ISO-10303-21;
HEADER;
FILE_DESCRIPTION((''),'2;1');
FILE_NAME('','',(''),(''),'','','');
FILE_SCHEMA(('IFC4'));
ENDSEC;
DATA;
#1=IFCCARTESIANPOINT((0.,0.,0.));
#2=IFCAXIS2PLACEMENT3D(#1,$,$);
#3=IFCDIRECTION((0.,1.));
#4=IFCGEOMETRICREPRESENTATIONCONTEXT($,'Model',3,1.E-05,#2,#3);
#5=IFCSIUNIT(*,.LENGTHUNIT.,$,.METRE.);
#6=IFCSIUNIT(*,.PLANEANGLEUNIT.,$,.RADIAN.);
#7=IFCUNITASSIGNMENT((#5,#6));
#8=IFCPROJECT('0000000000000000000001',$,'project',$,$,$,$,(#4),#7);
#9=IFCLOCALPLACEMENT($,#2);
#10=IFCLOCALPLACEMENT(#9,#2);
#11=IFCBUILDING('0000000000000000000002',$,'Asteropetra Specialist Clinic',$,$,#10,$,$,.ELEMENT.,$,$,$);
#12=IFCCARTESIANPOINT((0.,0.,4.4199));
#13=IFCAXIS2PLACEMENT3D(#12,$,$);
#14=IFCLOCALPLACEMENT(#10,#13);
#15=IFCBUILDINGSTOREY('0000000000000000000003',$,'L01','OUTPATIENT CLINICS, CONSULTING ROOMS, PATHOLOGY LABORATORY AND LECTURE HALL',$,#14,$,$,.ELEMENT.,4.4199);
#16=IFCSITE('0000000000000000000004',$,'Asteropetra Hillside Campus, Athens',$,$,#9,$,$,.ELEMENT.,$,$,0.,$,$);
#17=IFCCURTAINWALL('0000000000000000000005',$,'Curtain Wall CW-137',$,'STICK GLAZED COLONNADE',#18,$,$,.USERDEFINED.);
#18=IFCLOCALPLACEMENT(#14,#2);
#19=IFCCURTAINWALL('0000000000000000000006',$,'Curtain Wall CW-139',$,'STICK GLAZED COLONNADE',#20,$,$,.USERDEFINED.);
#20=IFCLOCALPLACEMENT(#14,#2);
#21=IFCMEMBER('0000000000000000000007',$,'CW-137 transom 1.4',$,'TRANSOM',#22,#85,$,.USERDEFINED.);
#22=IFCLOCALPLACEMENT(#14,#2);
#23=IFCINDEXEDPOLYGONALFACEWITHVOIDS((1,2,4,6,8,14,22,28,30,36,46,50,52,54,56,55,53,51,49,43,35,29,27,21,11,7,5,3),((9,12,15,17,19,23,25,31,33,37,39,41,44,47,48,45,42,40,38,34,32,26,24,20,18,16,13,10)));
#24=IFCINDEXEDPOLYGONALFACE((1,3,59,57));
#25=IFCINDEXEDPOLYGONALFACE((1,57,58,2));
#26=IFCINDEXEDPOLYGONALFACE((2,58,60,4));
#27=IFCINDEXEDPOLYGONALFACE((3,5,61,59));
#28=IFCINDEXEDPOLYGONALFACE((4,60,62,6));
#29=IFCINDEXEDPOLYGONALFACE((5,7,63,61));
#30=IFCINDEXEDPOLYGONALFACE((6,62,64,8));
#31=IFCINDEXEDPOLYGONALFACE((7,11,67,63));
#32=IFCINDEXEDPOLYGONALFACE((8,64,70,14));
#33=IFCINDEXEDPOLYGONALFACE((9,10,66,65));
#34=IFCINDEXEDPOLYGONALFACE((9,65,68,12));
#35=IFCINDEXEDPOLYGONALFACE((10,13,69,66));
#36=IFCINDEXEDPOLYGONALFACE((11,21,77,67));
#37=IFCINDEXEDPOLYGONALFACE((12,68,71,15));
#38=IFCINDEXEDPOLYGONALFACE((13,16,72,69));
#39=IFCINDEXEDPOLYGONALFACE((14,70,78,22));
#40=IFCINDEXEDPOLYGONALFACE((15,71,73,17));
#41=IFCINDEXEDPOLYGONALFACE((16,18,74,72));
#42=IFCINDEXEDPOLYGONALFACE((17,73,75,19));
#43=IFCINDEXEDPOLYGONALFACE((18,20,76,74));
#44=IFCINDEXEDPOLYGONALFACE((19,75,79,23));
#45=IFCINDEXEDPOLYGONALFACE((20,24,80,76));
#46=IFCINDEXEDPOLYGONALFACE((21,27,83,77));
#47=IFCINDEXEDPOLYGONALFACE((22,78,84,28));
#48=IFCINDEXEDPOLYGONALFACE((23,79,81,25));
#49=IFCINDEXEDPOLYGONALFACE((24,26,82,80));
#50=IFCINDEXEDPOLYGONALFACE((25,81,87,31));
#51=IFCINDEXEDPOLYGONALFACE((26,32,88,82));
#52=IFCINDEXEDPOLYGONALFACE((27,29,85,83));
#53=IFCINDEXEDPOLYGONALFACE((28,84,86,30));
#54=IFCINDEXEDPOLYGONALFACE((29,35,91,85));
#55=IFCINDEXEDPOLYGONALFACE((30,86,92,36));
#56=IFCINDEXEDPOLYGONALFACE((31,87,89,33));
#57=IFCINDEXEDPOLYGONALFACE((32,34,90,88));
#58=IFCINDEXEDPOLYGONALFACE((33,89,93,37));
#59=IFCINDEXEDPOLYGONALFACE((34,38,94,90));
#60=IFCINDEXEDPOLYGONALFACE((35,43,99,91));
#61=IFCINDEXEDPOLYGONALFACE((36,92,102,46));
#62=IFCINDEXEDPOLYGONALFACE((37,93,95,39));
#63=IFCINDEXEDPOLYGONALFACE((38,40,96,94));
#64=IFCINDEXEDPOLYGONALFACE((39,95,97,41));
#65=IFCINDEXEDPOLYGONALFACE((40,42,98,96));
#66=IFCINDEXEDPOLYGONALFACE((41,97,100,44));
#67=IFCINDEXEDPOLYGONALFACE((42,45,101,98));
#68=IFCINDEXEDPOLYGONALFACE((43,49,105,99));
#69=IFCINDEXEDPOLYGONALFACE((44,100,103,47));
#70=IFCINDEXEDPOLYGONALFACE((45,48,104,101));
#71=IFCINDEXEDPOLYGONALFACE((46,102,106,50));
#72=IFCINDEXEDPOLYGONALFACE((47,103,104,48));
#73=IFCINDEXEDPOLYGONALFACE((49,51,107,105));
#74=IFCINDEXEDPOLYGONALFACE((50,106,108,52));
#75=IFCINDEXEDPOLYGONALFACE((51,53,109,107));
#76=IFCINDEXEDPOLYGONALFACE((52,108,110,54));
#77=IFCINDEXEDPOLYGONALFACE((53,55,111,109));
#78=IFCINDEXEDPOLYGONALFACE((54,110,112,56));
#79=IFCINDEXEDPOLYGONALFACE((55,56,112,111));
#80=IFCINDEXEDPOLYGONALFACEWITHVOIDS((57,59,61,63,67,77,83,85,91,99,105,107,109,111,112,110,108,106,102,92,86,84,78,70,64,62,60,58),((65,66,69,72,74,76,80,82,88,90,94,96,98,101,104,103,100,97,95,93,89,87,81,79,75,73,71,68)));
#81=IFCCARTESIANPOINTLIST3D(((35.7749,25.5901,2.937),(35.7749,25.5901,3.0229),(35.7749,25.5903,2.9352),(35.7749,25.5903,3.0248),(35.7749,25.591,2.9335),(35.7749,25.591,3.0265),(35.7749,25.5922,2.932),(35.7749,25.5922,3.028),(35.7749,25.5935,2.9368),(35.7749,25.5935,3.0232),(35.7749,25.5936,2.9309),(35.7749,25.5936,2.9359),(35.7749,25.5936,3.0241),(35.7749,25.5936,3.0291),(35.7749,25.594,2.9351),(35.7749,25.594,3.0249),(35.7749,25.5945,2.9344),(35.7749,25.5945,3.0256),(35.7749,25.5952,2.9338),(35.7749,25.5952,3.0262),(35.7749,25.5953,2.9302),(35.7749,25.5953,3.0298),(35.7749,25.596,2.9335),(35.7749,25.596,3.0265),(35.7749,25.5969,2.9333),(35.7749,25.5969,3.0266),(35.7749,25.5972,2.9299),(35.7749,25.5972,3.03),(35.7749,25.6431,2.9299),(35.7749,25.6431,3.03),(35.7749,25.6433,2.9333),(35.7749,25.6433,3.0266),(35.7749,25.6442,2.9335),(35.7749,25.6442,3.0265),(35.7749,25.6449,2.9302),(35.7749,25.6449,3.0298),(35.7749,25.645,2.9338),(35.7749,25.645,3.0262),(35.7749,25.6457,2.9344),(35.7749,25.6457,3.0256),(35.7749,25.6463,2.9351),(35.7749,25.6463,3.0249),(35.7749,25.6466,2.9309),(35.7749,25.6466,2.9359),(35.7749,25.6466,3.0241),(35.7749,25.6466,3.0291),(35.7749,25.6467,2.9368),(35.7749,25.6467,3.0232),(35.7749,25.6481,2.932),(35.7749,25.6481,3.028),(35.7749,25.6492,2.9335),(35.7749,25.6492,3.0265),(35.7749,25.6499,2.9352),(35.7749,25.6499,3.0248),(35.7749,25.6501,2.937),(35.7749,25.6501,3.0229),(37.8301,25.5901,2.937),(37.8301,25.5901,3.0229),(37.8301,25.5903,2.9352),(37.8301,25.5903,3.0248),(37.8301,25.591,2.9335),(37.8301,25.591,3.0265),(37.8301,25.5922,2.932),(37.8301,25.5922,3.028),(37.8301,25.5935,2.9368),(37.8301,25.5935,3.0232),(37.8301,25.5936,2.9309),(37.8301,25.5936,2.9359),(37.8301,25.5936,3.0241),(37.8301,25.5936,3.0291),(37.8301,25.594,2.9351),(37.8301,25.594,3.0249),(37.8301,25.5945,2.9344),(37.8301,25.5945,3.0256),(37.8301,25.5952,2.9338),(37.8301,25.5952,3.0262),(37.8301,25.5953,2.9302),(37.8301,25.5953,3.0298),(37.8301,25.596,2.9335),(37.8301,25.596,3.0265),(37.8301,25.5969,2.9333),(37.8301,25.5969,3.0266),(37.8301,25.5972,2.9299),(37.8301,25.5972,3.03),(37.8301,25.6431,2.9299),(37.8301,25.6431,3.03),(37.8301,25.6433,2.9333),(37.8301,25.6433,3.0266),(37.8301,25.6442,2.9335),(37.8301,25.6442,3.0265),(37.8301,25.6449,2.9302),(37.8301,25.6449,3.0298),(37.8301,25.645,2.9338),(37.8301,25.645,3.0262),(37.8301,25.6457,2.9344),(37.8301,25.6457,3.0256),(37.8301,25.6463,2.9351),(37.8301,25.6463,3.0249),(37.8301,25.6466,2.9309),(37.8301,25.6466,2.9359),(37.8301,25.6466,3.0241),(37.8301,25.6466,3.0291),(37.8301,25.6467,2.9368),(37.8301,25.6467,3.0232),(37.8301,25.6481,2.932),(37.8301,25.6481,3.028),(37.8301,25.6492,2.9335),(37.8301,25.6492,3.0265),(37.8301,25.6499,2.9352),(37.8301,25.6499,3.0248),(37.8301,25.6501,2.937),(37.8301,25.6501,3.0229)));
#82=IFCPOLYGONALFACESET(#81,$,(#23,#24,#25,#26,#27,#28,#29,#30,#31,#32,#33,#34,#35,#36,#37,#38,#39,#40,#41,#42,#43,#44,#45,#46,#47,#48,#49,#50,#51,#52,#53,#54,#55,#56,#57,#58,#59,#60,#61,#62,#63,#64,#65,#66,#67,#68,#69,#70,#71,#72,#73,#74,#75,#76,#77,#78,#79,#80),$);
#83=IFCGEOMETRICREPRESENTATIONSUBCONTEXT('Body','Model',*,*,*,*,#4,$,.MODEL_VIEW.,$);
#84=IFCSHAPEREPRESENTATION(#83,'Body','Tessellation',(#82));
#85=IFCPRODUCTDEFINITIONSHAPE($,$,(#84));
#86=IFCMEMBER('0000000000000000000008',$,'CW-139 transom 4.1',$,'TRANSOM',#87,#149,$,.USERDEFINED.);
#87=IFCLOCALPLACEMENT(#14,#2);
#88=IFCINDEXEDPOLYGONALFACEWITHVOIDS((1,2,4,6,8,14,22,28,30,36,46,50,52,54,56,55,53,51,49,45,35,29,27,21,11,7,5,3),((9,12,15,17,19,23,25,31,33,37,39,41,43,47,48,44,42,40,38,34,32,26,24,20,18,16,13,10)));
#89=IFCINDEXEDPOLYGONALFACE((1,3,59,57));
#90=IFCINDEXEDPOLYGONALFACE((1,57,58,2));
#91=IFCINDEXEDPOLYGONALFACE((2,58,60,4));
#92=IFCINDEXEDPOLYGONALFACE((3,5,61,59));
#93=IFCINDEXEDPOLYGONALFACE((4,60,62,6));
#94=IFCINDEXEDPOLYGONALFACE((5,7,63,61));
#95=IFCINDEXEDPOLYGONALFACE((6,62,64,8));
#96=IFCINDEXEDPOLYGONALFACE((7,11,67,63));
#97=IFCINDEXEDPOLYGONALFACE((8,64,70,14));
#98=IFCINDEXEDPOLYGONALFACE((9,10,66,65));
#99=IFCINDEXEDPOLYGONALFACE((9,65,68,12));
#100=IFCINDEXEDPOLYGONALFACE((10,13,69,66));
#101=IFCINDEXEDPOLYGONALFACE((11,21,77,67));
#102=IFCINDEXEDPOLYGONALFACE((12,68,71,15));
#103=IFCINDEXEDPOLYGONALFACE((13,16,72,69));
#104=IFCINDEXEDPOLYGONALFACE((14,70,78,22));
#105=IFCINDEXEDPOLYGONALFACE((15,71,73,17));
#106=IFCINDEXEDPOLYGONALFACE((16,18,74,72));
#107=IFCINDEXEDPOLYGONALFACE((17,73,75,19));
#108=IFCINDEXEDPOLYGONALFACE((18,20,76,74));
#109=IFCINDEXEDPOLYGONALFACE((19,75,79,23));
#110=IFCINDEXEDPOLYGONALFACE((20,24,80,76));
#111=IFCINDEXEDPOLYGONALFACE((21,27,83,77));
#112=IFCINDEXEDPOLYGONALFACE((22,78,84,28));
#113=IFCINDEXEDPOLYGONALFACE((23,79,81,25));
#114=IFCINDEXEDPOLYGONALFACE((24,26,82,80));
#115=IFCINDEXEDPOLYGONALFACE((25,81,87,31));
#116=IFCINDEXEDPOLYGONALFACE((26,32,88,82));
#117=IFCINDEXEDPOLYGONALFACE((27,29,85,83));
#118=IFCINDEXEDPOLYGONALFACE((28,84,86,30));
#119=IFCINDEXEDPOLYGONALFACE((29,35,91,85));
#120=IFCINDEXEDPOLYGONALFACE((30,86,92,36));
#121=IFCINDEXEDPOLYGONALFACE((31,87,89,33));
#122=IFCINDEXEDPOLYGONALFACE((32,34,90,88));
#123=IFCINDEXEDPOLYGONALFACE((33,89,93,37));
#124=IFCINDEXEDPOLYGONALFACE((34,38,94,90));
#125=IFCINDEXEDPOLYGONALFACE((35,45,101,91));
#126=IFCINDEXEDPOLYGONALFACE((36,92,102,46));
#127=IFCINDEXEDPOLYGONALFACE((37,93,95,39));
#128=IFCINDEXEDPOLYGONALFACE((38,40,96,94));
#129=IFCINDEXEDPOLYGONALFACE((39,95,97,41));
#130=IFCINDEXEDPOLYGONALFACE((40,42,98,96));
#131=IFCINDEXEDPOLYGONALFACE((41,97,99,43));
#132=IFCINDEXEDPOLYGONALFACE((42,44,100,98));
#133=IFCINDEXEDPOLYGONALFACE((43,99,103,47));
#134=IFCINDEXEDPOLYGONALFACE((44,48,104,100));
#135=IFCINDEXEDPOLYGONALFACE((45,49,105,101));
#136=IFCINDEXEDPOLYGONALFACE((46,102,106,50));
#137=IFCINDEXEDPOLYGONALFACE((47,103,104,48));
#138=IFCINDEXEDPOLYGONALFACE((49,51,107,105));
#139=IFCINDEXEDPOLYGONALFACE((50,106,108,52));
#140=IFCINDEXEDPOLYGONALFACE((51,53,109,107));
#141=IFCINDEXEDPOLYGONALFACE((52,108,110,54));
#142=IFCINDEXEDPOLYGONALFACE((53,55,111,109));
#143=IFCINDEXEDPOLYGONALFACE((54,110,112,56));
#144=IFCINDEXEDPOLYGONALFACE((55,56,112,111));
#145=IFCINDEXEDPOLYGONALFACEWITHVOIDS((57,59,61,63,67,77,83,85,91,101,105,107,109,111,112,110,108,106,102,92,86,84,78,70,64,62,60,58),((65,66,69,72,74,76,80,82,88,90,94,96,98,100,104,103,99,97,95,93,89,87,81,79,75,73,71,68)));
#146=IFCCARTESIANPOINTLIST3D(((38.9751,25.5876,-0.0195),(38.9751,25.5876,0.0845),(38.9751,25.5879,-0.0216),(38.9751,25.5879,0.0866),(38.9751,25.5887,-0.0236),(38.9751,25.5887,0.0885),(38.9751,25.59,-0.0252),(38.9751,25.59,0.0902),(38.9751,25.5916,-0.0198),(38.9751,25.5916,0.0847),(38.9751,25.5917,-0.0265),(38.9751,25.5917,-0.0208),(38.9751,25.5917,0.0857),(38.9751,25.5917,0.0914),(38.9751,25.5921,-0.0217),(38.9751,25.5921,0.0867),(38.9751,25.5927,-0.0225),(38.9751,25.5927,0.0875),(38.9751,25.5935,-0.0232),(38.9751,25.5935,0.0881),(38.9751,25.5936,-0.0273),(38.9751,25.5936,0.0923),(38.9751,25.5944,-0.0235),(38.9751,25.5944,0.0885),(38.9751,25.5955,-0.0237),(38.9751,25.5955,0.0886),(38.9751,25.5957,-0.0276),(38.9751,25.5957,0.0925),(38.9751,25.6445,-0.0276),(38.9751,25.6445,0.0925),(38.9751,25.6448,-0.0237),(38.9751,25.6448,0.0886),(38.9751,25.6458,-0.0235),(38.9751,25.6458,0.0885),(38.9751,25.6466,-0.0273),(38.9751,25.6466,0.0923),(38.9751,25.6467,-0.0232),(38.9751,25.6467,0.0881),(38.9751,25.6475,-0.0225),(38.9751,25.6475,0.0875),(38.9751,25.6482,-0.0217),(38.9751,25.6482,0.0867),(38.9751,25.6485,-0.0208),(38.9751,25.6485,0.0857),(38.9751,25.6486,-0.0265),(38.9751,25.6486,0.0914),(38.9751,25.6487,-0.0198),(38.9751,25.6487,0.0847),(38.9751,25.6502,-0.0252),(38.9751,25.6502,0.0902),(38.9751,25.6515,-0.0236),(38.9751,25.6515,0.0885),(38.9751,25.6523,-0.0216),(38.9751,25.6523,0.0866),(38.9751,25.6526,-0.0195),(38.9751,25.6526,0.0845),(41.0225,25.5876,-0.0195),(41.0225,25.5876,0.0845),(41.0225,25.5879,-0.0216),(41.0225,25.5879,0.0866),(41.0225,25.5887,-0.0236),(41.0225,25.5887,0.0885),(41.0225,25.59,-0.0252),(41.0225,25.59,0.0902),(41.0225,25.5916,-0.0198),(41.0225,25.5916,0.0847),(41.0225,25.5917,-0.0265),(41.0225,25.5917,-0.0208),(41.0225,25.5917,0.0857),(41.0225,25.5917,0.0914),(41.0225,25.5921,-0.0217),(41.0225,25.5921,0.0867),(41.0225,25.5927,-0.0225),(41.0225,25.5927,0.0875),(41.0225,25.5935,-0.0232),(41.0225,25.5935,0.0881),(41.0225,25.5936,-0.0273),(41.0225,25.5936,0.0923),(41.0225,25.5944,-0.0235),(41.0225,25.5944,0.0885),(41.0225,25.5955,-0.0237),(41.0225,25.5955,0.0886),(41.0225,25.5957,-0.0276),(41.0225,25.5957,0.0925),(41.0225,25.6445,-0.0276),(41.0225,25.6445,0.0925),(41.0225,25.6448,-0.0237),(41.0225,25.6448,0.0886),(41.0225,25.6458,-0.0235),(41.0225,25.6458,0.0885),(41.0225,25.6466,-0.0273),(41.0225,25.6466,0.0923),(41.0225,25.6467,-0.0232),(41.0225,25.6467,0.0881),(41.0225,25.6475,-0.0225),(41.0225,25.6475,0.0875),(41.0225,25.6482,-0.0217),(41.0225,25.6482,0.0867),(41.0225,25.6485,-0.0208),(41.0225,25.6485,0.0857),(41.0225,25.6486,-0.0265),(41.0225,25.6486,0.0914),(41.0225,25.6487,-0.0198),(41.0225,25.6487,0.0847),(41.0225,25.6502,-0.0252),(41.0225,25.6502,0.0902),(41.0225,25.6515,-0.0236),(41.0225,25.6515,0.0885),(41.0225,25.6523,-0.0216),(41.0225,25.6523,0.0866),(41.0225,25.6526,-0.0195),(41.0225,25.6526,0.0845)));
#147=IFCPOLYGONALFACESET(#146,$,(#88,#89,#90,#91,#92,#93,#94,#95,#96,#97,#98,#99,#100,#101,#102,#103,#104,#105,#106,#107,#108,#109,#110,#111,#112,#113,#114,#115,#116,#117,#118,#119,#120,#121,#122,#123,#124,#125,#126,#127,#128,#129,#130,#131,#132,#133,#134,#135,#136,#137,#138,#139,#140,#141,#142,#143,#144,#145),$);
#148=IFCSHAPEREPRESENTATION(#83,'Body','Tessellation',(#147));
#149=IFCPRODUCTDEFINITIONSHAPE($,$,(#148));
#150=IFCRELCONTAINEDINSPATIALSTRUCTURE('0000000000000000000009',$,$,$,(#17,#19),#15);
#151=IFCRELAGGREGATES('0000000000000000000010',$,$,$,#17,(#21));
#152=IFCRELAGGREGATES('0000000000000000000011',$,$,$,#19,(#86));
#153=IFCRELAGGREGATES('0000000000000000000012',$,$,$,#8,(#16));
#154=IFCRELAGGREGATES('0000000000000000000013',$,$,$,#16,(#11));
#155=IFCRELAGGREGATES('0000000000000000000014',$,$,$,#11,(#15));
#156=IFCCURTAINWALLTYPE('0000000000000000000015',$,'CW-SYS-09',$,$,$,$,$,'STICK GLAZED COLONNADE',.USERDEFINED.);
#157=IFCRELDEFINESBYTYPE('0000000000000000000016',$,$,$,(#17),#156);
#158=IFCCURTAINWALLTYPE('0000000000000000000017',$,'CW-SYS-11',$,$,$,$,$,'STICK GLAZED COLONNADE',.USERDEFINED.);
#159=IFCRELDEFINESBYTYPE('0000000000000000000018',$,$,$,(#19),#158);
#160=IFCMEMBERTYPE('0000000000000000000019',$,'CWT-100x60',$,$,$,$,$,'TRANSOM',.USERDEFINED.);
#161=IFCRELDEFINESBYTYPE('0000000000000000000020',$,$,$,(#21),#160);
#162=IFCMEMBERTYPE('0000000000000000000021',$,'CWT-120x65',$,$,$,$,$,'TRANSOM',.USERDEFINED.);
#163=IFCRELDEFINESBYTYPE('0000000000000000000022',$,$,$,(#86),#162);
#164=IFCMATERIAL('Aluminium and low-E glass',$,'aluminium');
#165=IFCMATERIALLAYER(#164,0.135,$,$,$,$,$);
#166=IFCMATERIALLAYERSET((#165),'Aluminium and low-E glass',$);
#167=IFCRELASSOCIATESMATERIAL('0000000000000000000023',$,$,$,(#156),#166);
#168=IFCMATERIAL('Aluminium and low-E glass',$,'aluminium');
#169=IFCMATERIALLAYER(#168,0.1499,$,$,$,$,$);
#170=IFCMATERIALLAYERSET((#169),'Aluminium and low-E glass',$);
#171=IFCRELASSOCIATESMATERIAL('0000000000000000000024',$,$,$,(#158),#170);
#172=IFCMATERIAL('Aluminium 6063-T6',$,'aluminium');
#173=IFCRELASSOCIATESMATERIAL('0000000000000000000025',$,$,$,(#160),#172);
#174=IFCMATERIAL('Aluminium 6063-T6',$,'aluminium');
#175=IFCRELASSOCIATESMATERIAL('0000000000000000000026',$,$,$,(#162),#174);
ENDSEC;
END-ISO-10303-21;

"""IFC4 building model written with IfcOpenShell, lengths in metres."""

from ifc_helpers import new_model, si_unit, direction, frame, origin, origin_2d, place, context, subcontext, project, spatial, hollow_rectangle, extrude, material, layer, layer_set, material_profile, profile_set, type_object, element, aggregate, save


model = new_model("IFC4")

# Units and contexts
model_context = context("Model", 3, precision=1e-05, world=origin(), true_north=direction((0.0, 1.0)))
body_context = subcontext(model_context, "Body", "Model", "MODEL_VIEW")
ifc_project = project(units=[si_unit("LENGTHUNIT", "METRE"), si_unit("PLANEANGLEUNIT", "RADIAN")], contexts=[model_context])

# Site, building, storey
site_placement = place(None, origin())
site = spatial("IfcSite", under=ifc_project, at=site_placement, Name="Asteropetra Hillside Campus, Athens", CompositionType="ELEMENT", RefElevation=0.0)
building_placement = place(site_placement, origin())
building = spatial("IfcBuilding", under=site, at=building_placement, Name="Asteropetra Specialist Clinic", CompositionType="ELEMENT")
storey_placement = place(building_placement, frame((0.0, 0.0, 4.4199)))
storey = spatial("IfcBuildingStorey", under=building, at=storey_placement, Name="L01", Description="OUTPATIENT CLINICS, CONSULTING ROOMS, PATHOLOGY LABORATORY AND LECTURE HALL", CompositionType="ELEMENT", Elevation=4.4199)

# Curtain walls
ifc_material_1 = material(Name="Aluminium and low-E glass", Category="aluminium")
ifc_layer_1 = layer(ifc_material_1, 0.135)
ifc_layer_set_1 = layer_set([ifc_layer_1], Name="Aluminium and low-E glass")
curtain_wall_type_1 = type_object("IfcCurtainWallType", Name="CW-SYS-09", ElementType="STICK GLAZED COLONNADE", PredefinedType="USERDEFINED", material=ifc_layer_set_1)
curtain_wall_1_placement = place(storey_placement, origin())
curtain_wall_1 = element("IfcCurtainWall", 1, at=curtain_wall_1_placement, inside=storey, type_object=curtain_wall_type_1, Name="Curtain Wall CW-137", ObjectType="STICK GLAZED COLONNADE", PredefinedType="USERDEFINED")
ifc_material_2 = material(Name="Aluminium and low-E glass", Category="aluminium")
ifc_layer_2 = layer(ifc_material_2, 0.1499)
ifc_layer_set_2 = layer_set([ifc_layer_2], Name="Aluminium and low-E glass")
curtain_wall_type_2 = type_object("IfcCurtainWallType", Name="CW-SYS-11", ElementType="STICK GLAZED COLONNADE", PredefinedType="USERDEFINED", material=ifc_layer_set_2)
curtain_wall_2_placement = place(storey_placement, origin())
curtain_wall_2 = element("IfcCurtainWall", 2, at=curtain_wall_2_placement, inside=storey, type_object=curtain_wall_type_2, Name="Curtain Wall CW-139", ObjectType="STICK GLAZED COLONNADE", PredefinedType="USERDEFINED")

# Members
ifc_material_3 = material(Name="Aluminium 6063-T6", Category="aluminium")
ifc_material_profile_1 = material_profile(ifc_material_3, hollow_rectangle(XDim=0.0601, YDim=0.1001, WallThickness=0.0034, InnerFilletRadius=0.0034, OuterFilletRadius=0.0071, at=origin_2d()), Name="TRN 100x60x3.5")
ifc_profile_set_1 = profile_set([ifc_material_profile_1], Name="Aluminium 6063-T6")
member_type_1 = type_object("IfcMemberType", Name="CWT-100x60", ElementType="TRANSOM", PredefinedType="USERDEFINED", material=ifc_profile_set_1)
member_1_placement = place(storey_placement, frame((37.8301, 25.6201, 2.98), z_axis=(-1.0, 0.0, 0.0), x_axis=(0.0, -1.0, 0.0)))
member_1 = element("IfcMember", 3, at=member_1_placement, type_object=member_type_1, Name="CW-137 transom 1.4", ObjectType="TRANSOM", PredefinedType="USERDEFINED", context=body_context, shape_type="SweptSolid", body=[
    extrude(hollow_rectangle(XDim=0.0601, YDim=0.1001, WallThickness=0.0034, InnerFilletRadius=0.0034, OuterFilletRadius=0.0071, at=origin_2d()), origin(), (0.0, 0.0, 1.0), 2.0552),
])
aggregate(curtain_wall_1, [member_1])
ifc_material_4 = material(Name="Aluminium 6063-T6", Category="aluminium")
ifc_material_profile_2 = material_profile(ifc_material_4, hollow_rectangle(XDim=0.0649, YDim=0.1201, WallThickness=0.0039, InnerFilletRadius=0.0039, OuterFilletRadius=0.0081, at=origin_2d()), Name="TRN 120x65x4.0")
ifc_profile_set_2 = profile_set([ifc_material_profile_2], Name="Aluminium 6063-T6")
member_type_2 = type_object("IfcMemberType", Name="CWT-120x65", ElementType="TRANSOM", PredefinedType="USERDEFINED", material=ifc_profile_set_2)
member_2_placement = place(storey_placement, frame((41.0225, 25.6201, 0.0325), z_axis=(-1.0, 0.0, 0.0), x_axis=(0.0, -1.0, 0.0)))
member_2 = element("IfcMember", 4, at=member_2_placement, type_object=member_type_2, Name="CW-139 transom 4.1", ObjectType="TRANSOM", PredefinedType="USERDEFINED", context=body_context, shape_type="SweptSolid", body=[
    extrude(hollow_rectangle(XDim=0.0649, YDim=0.1201, WallThickness=0.0039, InnerFilletRadius=0.0039, OuterFilletRadius=0.0081, at=origin_2d()), origin(), (0.0, 0.0, 1.0), 2.0474),
])

aggregate(curtain_wall_2, [member_2])

save(model, "model.ifc")
